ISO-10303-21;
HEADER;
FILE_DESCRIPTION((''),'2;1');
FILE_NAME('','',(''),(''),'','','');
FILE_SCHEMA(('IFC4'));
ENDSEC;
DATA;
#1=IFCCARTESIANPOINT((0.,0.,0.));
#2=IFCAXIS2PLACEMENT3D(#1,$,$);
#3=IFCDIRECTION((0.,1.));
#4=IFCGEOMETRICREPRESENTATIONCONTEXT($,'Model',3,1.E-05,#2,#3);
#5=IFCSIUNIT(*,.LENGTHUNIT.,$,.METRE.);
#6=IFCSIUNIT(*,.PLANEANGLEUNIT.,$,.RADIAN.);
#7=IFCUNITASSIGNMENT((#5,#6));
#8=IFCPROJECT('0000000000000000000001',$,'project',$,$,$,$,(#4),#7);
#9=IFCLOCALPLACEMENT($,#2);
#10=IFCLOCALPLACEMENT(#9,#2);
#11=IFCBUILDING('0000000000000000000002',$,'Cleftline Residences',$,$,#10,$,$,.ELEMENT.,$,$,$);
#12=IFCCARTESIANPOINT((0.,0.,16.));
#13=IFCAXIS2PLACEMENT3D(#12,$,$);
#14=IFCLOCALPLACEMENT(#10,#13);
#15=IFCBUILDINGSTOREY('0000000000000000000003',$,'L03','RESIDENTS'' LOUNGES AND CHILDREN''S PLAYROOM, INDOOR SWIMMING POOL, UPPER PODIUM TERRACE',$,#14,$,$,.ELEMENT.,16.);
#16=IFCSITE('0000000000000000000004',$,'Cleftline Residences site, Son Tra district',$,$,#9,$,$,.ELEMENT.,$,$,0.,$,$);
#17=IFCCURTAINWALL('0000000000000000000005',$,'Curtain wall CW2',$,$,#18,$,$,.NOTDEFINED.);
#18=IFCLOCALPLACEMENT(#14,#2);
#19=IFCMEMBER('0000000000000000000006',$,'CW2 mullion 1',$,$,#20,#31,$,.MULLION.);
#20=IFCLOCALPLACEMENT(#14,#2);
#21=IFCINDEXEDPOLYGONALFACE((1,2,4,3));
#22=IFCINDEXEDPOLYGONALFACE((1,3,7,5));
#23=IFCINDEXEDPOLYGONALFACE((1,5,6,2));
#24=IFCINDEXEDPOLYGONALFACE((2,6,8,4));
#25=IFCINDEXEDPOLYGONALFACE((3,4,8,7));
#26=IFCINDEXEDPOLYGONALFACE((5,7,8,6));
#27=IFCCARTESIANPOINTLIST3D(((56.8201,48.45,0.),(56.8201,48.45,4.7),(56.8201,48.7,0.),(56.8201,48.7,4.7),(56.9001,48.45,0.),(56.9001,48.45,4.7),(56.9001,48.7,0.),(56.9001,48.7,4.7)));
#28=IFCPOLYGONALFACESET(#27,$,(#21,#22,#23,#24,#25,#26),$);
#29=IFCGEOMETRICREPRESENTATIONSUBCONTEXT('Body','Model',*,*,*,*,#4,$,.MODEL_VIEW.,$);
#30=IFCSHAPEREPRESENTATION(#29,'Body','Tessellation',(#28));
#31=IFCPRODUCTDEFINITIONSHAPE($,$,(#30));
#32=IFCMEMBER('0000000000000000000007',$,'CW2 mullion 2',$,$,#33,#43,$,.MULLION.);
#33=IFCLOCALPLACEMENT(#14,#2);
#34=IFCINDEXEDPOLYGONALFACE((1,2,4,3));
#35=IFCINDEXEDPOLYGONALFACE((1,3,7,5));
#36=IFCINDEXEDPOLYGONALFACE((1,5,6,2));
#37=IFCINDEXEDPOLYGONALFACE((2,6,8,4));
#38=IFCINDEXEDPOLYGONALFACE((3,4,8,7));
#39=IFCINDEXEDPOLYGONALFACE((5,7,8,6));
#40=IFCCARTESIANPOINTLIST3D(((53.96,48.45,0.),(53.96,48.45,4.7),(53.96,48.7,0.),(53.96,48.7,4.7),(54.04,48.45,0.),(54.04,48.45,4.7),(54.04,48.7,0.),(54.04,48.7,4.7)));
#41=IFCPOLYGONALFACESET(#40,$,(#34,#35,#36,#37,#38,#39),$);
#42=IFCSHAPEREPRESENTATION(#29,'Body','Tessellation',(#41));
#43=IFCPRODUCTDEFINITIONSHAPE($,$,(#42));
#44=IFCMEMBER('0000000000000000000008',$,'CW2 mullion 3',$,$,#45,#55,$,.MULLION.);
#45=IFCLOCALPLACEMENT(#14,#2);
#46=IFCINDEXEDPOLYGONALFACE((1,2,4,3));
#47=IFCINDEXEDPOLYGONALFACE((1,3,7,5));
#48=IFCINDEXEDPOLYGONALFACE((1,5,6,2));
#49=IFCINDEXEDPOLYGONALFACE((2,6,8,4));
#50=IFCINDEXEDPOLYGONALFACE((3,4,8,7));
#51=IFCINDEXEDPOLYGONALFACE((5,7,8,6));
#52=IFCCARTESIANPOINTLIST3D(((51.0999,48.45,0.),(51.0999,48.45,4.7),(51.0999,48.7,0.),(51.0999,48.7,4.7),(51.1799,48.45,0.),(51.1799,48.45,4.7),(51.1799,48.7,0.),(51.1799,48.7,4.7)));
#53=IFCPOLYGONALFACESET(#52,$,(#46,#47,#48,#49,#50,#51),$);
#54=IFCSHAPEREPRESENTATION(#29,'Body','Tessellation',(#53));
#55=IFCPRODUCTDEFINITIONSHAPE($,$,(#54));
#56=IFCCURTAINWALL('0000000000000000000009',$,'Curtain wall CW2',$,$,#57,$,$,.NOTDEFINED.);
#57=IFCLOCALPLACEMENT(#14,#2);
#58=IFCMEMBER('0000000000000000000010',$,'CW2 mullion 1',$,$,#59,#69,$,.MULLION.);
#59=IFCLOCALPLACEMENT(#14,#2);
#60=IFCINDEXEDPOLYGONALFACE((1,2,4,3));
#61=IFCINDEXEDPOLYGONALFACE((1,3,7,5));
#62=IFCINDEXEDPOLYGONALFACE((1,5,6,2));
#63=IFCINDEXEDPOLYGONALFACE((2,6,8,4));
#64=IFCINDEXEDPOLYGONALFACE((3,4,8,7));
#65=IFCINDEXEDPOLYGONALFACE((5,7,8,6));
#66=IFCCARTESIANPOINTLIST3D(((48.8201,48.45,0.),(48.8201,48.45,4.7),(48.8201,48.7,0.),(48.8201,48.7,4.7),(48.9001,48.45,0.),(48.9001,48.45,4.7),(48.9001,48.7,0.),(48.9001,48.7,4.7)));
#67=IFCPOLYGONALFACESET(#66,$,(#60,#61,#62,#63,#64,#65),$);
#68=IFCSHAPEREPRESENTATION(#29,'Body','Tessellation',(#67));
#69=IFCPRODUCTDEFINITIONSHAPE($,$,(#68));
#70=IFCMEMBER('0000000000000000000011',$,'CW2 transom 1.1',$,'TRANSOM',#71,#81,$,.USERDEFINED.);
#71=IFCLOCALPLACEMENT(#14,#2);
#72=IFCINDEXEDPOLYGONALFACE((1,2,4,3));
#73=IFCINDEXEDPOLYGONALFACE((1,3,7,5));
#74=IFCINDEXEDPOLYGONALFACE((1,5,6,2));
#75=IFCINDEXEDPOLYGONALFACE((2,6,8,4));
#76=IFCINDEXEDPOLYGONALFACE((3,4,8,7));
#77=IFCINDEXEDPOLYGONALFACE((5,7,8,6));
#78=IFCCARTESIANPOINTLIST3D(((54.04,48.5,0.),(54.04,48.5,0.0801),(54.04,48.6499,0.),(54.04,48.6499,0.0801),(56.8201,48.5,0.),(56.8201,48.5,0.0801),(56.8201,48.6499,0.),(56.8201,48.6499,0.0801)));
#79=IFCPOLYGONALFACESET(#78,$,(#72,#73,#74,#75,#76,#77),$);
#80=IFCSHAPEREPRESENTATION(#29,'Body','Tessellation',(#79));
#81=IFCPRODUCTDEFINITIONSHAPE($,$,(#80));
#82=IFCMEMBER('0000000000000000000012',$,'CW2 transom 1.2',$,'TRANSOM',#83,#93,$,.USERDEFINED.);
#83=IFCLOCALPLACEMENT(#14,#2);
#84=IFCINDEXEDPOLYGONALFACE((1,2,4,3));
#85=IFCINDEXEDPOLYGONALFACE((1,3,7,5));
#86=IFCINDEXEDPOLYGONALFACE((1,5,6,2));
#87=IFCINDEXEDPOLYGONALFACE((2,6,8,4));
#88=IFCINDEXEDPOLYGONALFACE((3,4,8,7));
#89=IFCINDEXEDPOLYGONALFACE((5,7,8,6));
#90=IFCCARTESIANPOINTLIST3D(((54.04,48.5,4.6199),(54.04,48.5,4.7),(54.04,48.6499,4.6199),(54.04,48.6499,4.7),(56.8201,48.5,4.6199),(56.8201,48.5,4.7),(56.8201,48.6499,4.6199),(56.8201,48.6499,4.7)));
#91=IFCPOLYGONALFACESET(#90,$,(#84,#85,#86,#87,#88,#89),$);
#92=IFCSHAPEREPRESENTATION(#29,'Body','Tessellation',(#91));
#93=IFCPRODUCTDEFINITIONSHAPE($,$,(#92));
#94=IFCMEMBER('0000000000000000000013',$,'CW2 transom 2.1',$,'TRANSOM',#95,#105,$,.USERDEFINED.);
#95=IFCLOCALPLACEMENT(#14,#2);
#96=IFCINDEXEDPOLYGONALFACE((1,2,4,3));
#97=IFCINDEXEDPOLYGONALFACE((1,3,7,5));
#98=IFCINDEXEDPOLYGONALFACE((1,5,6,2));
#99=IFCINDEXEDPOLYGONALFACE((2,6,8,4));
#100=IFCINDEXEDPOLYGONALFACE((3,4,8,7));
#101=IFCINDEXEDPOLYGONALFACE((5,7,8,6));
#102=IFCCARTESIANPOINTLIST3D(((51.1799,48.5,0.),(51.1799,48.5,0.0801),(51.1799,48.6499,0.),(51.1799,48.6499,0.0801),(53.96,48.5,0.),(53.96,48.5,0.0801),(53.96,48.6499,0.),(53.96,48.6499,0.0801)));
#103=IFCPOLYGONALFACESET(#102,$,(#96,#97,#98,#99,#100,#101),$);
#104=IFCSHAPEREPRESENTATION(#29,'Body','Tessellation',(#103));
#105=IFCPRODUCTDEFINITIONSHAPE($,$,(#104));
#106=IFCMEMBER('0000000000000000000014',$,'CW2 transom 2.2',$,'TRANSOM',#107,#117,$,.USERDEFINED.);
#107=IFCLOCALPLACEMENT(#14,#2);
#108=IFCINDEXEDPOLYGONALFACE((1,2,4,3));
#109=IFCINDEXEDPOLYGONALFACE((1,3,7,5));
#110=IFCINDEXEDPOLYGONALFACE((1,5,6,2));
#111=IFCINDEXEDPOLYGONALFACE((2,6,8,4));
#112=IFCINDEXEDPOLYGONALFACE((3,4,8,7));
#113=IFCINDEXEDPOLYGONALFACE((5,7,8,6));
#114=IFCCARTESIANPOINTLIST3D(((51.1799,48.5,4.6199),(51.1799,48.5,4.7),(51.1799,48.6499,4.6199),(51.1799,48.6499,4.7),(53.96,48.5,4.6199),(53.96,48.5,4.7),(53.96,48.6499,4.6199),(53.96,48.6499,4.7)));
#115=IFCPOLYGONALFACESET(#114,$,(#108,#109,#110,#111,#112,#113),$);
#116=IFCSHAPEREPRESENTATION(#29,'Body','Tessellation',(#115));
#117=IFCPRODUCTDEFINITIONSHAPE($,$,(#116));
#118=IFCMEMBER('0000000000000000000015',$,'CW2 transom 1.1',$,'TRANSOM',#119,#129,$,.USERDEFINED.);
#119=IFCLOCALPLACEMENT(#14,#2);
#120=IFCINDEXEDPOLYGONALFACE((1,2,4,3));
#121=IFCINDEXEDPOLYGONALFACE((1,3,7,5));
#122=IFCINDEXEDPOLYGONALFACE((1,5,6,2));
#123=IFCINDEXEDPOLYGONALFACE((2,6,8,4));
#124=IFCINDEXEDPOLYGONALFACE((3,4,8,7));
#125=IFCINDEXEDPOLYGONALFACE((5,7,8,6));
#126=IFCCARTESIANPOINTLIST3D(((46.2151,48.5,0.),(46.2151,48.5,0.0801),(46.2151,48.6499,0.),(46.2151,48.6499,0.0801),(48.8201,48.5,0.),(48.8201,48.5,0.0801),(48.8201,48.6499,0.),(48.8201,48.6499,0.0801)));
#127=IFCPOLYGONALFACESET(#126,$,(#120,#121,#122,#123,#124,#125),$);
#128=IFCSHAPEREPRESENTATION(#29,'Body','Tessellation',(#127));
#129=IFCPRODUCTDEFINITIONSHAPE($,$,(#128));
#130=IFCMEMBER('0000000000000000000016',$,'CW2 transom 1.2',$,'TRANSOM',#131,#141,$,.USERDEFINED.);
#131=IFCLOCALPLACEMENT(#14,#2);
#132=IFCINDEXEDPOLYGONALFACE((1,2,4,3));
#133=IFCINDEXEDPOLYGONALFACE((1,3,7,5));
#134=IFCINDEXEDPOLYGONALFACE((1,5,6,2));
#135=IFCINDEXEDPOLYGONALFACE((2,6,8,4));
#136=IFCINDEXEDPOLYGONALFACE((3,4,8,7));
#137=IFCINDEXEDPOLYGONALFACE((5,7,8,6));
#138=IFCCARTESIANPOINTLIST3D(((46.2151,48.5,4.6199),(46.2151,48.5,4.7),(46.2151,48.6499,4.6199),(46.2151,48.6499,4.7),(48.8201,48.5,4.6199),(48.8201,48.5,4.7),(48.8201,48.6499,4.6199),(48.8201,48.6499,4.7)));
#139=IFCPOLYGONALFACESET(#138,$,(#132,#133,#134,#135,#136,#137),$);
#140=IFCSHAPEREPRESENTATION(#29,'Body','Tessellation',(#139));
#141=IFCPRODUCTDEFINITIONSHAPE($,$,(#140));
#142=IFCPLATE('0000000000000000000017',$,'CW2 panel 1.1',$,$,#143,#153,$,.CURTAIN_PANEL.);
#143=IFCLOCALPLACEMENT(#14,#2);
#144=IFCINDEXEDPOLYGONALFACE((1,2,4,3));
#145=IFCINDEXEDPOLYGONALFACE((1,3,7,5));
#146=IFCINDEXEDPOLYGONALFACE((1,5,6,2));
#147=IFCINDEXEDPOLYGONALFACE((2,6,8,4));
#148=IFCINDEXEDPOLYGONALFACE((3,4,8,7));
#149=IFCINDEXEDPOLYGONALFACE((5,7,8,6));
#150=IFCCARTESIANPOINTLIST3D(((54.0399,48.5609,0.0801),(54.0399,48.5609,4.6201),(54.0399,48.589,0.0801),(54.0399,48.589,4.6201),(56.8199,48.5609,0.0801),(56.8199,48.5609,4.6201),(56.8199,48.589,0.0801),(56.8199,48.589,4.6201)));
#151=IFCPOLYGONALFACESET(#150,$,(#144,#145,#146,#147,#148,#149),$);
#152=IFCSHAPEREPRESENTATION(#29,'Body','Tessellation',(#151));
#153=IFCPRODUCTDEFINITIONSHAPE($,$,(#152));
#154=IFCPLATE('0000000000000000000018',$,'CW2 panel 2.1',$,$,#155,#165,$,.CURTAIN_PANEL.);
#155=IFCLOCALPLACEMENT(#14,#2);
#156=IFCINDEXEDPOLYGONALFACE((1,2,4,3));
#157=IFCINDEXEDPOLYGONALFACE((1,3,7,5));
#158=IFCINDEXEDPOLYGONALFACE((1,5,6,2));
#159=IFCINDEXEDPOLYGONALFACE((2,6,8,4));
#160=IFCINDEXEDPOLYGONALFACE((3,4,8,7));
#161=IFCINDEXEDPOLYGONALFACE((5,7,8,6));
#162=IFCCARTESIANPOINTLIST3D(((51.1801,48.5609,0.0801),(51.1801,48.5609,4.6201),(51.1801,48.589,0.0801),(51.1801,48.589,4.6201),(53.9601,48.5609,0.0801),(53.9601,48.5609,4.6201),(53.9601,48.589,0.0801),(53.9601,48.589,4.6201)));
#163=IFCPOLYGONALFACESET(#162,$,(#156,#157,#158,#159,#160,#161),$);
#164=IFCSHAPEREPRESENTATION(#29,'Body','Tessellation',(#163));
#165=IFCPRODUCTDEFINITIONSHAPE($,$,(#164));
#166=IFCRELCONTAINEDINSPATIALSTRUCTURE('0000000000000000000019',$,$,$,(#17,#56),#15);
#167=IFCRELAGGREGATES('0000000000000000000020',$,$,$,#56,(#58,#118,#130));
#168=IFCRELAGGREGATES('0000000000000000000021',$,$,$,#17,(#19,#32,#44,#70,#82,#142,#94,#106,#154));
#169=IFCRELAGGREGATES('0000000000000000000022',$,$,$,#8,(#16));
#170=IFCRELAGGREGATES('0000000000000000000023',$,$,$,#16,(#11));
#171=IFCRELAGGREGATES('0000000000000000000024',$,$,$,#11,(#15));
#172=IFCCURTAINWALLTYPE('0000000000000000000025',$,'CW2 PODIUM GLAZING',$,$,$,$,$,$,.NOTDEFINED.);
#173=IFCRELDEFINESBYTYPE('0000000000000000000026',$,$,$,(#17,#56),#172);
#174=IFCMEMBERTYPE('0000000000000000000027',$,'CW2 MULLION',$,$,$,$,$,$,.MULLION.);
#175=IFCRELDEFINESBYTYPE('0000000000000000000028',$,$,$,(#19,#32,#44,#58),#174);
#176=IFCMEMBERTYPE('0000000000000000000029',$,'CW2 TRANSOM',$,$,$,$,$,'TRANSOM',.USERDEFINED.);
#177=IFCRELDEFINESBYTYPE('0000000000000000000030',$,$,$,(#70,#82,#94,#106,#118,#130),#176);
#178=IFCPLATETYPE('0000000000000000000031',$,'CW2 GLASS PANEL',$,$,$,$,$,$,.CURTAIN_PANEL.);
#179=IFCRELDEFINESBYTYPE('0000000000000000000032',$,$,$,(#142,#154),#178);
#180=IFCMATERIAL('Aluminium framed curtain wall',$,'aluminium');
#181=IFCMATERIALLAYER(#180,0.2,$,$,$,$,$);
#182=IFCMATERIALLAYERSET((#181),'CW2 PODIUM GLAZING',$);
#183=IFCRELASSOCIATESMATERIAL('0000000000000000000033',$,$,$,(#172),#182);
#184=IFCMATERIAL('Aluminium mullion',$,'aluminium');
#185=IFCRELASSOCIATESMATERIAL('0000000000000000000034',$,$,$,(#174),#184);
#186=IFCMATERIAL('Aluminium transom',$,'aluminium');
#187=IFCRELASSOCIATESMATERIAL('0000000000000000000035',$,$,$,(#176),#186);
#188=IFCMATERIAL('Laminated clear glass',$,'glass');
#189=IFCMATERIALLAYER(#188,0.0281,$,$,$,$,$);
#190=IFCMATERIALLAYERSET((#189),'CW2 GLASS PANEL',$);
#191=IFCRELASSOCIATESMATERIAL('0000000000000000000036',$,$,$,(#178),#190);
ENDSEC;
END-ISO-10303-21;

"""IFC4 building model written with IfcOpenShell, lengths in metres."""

from ifc_helpers import new_model, si_unit, direction, frame, origin, origin_2d, place, context, subcontext, project, spatial, rectangle, extrude, material, layer, layer_set, material_profile, profile_set, type_object, element, aggregate, save


model = new_model("IFC4")

# Units and contexts
model_context = context("Model", 3, precision=1e-05, world=origin(), true_north=direction((0.0, 1.0)))
body_context = subcontext(model_context, "Body", "Model", "MODEL_VIEW")
ifc_project = project(units=[si_unit("LENGTHUNIT", "METRE"), si_unit("PLANEANGLEUNIT", "RADIAN")], contexts=[model_context])

# Site, building, storey
site_placement = place(None, origin())
site = spatial("IfcSite", under=ifc_project, at=site_placement, Name="Cleftline Residences site, Son Tra district", CompositionType="ELEMENT", RefElevation=0.0)
building_placement = place(site_placement, origin())
building = spatial("IfcBuilding", under=site, at=building_placement, Name="Cleftline Residences", CompositionType="ELEMENT")
storey_placement = place(building_placement, frame((0.0, 0.0, 16.0)))
storey = spatial("IfcBuildingStorey", under=building, at=storey_placement, Name="L03", Description="RESIDENTS' LOUNGES AND CHILDREN'S PLAYROOM, INDOOR SWIMMING POOL, UPPER PODIUM TERRACE", CompositionType="ELEMENT", Elevation=16.0)

# Curtain wall, members
ifc_material_1 = material(Name="Aluminium framed curtain wall", Category="aluminium")
ifc_layer_1 = layer(ifc_material_1, 0.2)
ifc_layer_set_1 = layer_set([ifc_layer_1], Name="CW2 PODIUM GLAZING")
curtain_wall_type = type_object("IfcCurtainWallType", Name="CW2 PODIUM GLAZING", PredefinedType="NOTDEFINED", material=ifc_layer_set_1)
curtain_wall_1_placement = place(storey_placement, origin())
curtain_wall_1 = element("IfcCurtainWall", 1, at=curtain_wall_1_placement, inside=storey, type_object=curtain_wall_type, Name="Curtain wall CW2", PredefinedType="NOTDEFINED")
ifc_material_2 = material(Name="Aluminium mullion", Category="aluminium")
ifc_material_profile_1 = material_profile(ifc_material_2, rectangle(XDim=0.25, YDim=0.0801, at=origin_2d()))
ifc_profile_set_1 = profile_set([ifc_material_profile_1], Name="Aluminium mullion")
member_type_1 = type_object("IfcMemberType", Name="CW2 MULLION", PredefinedType="MULLION", material=ifc_profile_set_1)
member_1_placement = place(storey_placement, frame((56.8601, 48.575, 0.0), z_axis=(0.0, 0.0, 1.0), x_axis=(0.0, -1.0, 0.0)))
member_1 = element("IfcMember", 2, at=member_1_placement, type_object=member_type_1, Name="CW2 mullion 1", PredefinedType="MULLION", context=body_context, shape_type="SweptSolid", body=[
    extrude(rectangle(XDim=0.25, YDim=0.0801, at=origin_2d()), origin(), (0.0, 0.0, 1.0), 4.7),
])
member_2_placement = place(storey_placement, frame((54.0, 48.575, 0.0), z_axis=(0.0, 0.0, 1.0), x_axis=(0.0, -1.0, 0.0)))
member_2 = element("IfcMember", 3, at=member_2_placement, type_object=member_type_1, Name="CW2 mullion 2", PredefinedType="MULLION", context=body_context, shape_type="SweptSolid", body=[
    extrude(rectangle(XDim=0.25, YDim=0.0801, at=origin_2d()), origin(), (0.0, 0.0, 1.0), 4.7),
])
member_3_placement = place(storey_placement, frame((51.1399, 48.575, 0.0), z_axis=(0.0, 0.0, 1.0), x_axis=(0.0, -1.0, 0.0)))
member_3 = element("IfcMember", 4, at=member_3_placement, type_object=member_type_1, Name="CW2 mullion 3", PredefinedType="MULLION", context=body_context, shape_type="SweptSolid", body=[
    extrude(rectangle(XDim=0.25, YDim=0.0801, at=origin_2d()), origin(), (0.0, 0.0, 1.0), 4.7),
])

# Curtain wall, member
curtain_wall_2_placement = place(storey_placement, origin())
curtain_wall_2 = element("IfcCurtainWall", 5, at=curtain_wall_2_placement, inside=storey, type_object=curtain_wall_type, Name="Curtain wall CW2", PredefinedType="NOTDEFINED")
member_4_placement = place(storey_placement, frame((48.8601, 48.575, 0.0), z_axis=(0.0, 0.0, 1.0), x_axis=(0.0, -1.0, 0.0)))
member_4 = element("IfcMember", 6, at=member_4_placement, type_object=member_type_1, Name="CW2 mullion 1", PredefinedType="MULLION", context=body_context, shape_type="SweptSolid", body=[
    extrude(rectangle(XDim=0.25, YDim=0.0801, at=origin_2d()), origin(), (0.0, 0.0, 1.0), 4.7),
])

# Members
ifc_material_3 = material(Name="Aluminium transom", Category="aluminium")
ifc_material_profile_2 = material_profile(ifc_material_3, rectangle(XDim=0.1499, YDim=0.0801, at=origin_2d()))
ifc_profile_set_2 = profile_set([ifc_material_profile_2], Name="Aluminium transom")
member_type_2 = type_object("IfcMemberType", Name="CW2 TRANSOM", ElementType="TRANSOM", PredefinedType="USERDEFINED", material=ifc_profile_set_2)
member_5_placement = place(storey_placement, frame((56.8201, 48.575, 0.04), z_axis=(-1.0, 0.0, 0.0), x_axis=(0.0, -1.0, 0.0)))
member_5 = element("IfcMember", 7, at=member_5_placement, type_object=member_type_2, Name="CW2 transom 1.1", ObjectType="TRANSOM", PredefinedType="USERDEFINED", context=body_context, shape_type="SweptSolid", body=[
    extrude(rectangle(XDim=0.1499, YDim=0.0801, at=origin_2d()), origin(), (0.0, 0.0, 1.0), 2.78),
])
member_6_placement = place(storey_placement, frame((56.8201, 48.575, 4.6599), z_axis=(-1.0, 0.0, 0.0), x_axis=(0.0, -1.0, 0.0)))
member_6 = element("IfcMember", 8, at=member_6_placement, type_object=member_type_2, Name="CW2 transom 1.2", ObjectType="TRANSOM", PredefinedType="USERDEFINED", context=body_context, shape_type="SweptSolid", body=[
    extrude(rectangle(XDim=0.1499, YDim=0.0801, at=origin_2d()), origin(), (0.0, 0.0, 1.0), 2.78),
])
member_7_placement = place(storey_placement, frame((53.96, 48.575, 0.04), z_axis=(-1.0, 0.0, 0.0), x_axis=(0.0, -1.0, 0.0)))
member_7 = element("IfcMember", 9, at=member_7_placement, type_object=member_type_2, Name="CW2 transom 2.1", ObjectType="TRANSOM", PredefinedType="USERDEFINED", context=body_context, shape_type="SweptSolid", body=[
    extrude(rectangle(XDim=0.1499, YDim=0.0801, at=origin_2d()), origin(), (0.0, 0.0, 1.0), 2.78),
])
member_8_placement = place(storey_placement, frame((53.96, 48.575, 4.6599), z_axis=(-1.0, 0.0, 0.0), x_axis=(0.0, -1.0, 0.0)))
member_8 = element("IfcMember", 10, at=member_8_placement, type_object=member_type_2, Name="CW2 transom 2.2", ObjectType="TRANSOM", PredefinedType="USERDEFINED", context=body_context, shape_type="SweptSolid", body=[
    extrude(rectangle(XDim=0.1499, YDim=0.0801, at=origin_2d()), origin(), (0.0, 0.0, 1.0), 2.78),
])
member_9_placement = place(storey_placement, frame((48.8201, 48.575, 0.04), z_axis=(-1.0, 0.0, 0.0), x_axis=(0.0, -1.0, 0.0)))
member_9 = element("IfcMember", 11, at=member_9_placement, type_object=member_type_2, Name="CW2 transom 1.1", ObjectType="TRANSOM", PredefinedType="USERDEFINED", context=body_context, shape_type="SweptSolid", body=[
    extrude(rectangle(XDim=0.1499, YDim=0.0801, at=origin_2d()), origin(), (0.0, 0.0, 1.0), 2.605),
])
member_10_placement = place(storey_placement, frame((48.8201, 48.575, 4.6599), z_axis=(-1.0, 0.0, 0.0), x_axis=(0.0, -1.0, 0.0)))
member_10 = element("IfcMember", 12, at=member_10_placement, type_object=member_type_2, Name="CW2 transom 1.2", ObjectType="TRANSOM", PredefinedType="USERDEFINED", context=body_context, shape_type="SweptSolid", body=[
    extrude(rectangle(XDim=0.1499, YDim=0.0801, at=origin_2d()), origin(), (0.0, 0.0, 1.0), 2.605),
])
aggregate(curtain_wall_2, [member_4, member_9, member_10])

# Plates
ifc_material_4 = material(Name="Laminated clear glass", Category="glass")
ifc_layer_2 = layer(ifc_material_4, 0.0281)
ifc_layer_set_2 = layer_set([ifc_layer_2], Name="CW2 GLASS PANEL")
plate_type = type_object("IfcPlateType", Name="CW2 GLASS PANEL", PredefinedType="CURTAIN_PANEL", material=ifc_layer_set_2)
plate_1_placement = place(storey_placement, frame((55.4299, 48.575, 0.0801), z_axis=(0.0, 0.0, 1.0), x_axis=(-1.0, 0.0, 0.0)))
plate_1 = element("IfcPlate", 13, at=plate_1_placement, type_object=plate_type, Name="CW2 panel 1.1", PredefinedType="CURTAIN_PANEL", context=body_context, shape_type="SweptSolid", body=[
    extrude(rectangle(XDim=2.78, YDim=0.0281, at=origin_2d()), origin(), (0.0, 0.0, 1.0), 4.54),
])
plate_2_placement = place(storey_placement, frame((52.5701, 48.575, 0.0801), z_axis=(0.0, 0.0, 1.0), x_axis=(-1.0, 0.0, 0.0)))
plate_2 = element("IfcPlate", 14, at=plate_2_placement, type_object=plate_type, Name="CW2 panel 2.1", PredefinedType="CURTAIN_PANEL", context=body_context, shape_type="SweptSolid", body=[
    extrude(rectangle(XDim=2.78, YDim=0.0281, at=origin_2d()), origin(), (0.0, 0.0, 1.0), 4.54),
])
aggregate(curtain_wall_1, [member_1, member_2, member_3, member_5, member_6, plate_1, member_7, member_8, plate_2])

save(model, "model.ifc")
